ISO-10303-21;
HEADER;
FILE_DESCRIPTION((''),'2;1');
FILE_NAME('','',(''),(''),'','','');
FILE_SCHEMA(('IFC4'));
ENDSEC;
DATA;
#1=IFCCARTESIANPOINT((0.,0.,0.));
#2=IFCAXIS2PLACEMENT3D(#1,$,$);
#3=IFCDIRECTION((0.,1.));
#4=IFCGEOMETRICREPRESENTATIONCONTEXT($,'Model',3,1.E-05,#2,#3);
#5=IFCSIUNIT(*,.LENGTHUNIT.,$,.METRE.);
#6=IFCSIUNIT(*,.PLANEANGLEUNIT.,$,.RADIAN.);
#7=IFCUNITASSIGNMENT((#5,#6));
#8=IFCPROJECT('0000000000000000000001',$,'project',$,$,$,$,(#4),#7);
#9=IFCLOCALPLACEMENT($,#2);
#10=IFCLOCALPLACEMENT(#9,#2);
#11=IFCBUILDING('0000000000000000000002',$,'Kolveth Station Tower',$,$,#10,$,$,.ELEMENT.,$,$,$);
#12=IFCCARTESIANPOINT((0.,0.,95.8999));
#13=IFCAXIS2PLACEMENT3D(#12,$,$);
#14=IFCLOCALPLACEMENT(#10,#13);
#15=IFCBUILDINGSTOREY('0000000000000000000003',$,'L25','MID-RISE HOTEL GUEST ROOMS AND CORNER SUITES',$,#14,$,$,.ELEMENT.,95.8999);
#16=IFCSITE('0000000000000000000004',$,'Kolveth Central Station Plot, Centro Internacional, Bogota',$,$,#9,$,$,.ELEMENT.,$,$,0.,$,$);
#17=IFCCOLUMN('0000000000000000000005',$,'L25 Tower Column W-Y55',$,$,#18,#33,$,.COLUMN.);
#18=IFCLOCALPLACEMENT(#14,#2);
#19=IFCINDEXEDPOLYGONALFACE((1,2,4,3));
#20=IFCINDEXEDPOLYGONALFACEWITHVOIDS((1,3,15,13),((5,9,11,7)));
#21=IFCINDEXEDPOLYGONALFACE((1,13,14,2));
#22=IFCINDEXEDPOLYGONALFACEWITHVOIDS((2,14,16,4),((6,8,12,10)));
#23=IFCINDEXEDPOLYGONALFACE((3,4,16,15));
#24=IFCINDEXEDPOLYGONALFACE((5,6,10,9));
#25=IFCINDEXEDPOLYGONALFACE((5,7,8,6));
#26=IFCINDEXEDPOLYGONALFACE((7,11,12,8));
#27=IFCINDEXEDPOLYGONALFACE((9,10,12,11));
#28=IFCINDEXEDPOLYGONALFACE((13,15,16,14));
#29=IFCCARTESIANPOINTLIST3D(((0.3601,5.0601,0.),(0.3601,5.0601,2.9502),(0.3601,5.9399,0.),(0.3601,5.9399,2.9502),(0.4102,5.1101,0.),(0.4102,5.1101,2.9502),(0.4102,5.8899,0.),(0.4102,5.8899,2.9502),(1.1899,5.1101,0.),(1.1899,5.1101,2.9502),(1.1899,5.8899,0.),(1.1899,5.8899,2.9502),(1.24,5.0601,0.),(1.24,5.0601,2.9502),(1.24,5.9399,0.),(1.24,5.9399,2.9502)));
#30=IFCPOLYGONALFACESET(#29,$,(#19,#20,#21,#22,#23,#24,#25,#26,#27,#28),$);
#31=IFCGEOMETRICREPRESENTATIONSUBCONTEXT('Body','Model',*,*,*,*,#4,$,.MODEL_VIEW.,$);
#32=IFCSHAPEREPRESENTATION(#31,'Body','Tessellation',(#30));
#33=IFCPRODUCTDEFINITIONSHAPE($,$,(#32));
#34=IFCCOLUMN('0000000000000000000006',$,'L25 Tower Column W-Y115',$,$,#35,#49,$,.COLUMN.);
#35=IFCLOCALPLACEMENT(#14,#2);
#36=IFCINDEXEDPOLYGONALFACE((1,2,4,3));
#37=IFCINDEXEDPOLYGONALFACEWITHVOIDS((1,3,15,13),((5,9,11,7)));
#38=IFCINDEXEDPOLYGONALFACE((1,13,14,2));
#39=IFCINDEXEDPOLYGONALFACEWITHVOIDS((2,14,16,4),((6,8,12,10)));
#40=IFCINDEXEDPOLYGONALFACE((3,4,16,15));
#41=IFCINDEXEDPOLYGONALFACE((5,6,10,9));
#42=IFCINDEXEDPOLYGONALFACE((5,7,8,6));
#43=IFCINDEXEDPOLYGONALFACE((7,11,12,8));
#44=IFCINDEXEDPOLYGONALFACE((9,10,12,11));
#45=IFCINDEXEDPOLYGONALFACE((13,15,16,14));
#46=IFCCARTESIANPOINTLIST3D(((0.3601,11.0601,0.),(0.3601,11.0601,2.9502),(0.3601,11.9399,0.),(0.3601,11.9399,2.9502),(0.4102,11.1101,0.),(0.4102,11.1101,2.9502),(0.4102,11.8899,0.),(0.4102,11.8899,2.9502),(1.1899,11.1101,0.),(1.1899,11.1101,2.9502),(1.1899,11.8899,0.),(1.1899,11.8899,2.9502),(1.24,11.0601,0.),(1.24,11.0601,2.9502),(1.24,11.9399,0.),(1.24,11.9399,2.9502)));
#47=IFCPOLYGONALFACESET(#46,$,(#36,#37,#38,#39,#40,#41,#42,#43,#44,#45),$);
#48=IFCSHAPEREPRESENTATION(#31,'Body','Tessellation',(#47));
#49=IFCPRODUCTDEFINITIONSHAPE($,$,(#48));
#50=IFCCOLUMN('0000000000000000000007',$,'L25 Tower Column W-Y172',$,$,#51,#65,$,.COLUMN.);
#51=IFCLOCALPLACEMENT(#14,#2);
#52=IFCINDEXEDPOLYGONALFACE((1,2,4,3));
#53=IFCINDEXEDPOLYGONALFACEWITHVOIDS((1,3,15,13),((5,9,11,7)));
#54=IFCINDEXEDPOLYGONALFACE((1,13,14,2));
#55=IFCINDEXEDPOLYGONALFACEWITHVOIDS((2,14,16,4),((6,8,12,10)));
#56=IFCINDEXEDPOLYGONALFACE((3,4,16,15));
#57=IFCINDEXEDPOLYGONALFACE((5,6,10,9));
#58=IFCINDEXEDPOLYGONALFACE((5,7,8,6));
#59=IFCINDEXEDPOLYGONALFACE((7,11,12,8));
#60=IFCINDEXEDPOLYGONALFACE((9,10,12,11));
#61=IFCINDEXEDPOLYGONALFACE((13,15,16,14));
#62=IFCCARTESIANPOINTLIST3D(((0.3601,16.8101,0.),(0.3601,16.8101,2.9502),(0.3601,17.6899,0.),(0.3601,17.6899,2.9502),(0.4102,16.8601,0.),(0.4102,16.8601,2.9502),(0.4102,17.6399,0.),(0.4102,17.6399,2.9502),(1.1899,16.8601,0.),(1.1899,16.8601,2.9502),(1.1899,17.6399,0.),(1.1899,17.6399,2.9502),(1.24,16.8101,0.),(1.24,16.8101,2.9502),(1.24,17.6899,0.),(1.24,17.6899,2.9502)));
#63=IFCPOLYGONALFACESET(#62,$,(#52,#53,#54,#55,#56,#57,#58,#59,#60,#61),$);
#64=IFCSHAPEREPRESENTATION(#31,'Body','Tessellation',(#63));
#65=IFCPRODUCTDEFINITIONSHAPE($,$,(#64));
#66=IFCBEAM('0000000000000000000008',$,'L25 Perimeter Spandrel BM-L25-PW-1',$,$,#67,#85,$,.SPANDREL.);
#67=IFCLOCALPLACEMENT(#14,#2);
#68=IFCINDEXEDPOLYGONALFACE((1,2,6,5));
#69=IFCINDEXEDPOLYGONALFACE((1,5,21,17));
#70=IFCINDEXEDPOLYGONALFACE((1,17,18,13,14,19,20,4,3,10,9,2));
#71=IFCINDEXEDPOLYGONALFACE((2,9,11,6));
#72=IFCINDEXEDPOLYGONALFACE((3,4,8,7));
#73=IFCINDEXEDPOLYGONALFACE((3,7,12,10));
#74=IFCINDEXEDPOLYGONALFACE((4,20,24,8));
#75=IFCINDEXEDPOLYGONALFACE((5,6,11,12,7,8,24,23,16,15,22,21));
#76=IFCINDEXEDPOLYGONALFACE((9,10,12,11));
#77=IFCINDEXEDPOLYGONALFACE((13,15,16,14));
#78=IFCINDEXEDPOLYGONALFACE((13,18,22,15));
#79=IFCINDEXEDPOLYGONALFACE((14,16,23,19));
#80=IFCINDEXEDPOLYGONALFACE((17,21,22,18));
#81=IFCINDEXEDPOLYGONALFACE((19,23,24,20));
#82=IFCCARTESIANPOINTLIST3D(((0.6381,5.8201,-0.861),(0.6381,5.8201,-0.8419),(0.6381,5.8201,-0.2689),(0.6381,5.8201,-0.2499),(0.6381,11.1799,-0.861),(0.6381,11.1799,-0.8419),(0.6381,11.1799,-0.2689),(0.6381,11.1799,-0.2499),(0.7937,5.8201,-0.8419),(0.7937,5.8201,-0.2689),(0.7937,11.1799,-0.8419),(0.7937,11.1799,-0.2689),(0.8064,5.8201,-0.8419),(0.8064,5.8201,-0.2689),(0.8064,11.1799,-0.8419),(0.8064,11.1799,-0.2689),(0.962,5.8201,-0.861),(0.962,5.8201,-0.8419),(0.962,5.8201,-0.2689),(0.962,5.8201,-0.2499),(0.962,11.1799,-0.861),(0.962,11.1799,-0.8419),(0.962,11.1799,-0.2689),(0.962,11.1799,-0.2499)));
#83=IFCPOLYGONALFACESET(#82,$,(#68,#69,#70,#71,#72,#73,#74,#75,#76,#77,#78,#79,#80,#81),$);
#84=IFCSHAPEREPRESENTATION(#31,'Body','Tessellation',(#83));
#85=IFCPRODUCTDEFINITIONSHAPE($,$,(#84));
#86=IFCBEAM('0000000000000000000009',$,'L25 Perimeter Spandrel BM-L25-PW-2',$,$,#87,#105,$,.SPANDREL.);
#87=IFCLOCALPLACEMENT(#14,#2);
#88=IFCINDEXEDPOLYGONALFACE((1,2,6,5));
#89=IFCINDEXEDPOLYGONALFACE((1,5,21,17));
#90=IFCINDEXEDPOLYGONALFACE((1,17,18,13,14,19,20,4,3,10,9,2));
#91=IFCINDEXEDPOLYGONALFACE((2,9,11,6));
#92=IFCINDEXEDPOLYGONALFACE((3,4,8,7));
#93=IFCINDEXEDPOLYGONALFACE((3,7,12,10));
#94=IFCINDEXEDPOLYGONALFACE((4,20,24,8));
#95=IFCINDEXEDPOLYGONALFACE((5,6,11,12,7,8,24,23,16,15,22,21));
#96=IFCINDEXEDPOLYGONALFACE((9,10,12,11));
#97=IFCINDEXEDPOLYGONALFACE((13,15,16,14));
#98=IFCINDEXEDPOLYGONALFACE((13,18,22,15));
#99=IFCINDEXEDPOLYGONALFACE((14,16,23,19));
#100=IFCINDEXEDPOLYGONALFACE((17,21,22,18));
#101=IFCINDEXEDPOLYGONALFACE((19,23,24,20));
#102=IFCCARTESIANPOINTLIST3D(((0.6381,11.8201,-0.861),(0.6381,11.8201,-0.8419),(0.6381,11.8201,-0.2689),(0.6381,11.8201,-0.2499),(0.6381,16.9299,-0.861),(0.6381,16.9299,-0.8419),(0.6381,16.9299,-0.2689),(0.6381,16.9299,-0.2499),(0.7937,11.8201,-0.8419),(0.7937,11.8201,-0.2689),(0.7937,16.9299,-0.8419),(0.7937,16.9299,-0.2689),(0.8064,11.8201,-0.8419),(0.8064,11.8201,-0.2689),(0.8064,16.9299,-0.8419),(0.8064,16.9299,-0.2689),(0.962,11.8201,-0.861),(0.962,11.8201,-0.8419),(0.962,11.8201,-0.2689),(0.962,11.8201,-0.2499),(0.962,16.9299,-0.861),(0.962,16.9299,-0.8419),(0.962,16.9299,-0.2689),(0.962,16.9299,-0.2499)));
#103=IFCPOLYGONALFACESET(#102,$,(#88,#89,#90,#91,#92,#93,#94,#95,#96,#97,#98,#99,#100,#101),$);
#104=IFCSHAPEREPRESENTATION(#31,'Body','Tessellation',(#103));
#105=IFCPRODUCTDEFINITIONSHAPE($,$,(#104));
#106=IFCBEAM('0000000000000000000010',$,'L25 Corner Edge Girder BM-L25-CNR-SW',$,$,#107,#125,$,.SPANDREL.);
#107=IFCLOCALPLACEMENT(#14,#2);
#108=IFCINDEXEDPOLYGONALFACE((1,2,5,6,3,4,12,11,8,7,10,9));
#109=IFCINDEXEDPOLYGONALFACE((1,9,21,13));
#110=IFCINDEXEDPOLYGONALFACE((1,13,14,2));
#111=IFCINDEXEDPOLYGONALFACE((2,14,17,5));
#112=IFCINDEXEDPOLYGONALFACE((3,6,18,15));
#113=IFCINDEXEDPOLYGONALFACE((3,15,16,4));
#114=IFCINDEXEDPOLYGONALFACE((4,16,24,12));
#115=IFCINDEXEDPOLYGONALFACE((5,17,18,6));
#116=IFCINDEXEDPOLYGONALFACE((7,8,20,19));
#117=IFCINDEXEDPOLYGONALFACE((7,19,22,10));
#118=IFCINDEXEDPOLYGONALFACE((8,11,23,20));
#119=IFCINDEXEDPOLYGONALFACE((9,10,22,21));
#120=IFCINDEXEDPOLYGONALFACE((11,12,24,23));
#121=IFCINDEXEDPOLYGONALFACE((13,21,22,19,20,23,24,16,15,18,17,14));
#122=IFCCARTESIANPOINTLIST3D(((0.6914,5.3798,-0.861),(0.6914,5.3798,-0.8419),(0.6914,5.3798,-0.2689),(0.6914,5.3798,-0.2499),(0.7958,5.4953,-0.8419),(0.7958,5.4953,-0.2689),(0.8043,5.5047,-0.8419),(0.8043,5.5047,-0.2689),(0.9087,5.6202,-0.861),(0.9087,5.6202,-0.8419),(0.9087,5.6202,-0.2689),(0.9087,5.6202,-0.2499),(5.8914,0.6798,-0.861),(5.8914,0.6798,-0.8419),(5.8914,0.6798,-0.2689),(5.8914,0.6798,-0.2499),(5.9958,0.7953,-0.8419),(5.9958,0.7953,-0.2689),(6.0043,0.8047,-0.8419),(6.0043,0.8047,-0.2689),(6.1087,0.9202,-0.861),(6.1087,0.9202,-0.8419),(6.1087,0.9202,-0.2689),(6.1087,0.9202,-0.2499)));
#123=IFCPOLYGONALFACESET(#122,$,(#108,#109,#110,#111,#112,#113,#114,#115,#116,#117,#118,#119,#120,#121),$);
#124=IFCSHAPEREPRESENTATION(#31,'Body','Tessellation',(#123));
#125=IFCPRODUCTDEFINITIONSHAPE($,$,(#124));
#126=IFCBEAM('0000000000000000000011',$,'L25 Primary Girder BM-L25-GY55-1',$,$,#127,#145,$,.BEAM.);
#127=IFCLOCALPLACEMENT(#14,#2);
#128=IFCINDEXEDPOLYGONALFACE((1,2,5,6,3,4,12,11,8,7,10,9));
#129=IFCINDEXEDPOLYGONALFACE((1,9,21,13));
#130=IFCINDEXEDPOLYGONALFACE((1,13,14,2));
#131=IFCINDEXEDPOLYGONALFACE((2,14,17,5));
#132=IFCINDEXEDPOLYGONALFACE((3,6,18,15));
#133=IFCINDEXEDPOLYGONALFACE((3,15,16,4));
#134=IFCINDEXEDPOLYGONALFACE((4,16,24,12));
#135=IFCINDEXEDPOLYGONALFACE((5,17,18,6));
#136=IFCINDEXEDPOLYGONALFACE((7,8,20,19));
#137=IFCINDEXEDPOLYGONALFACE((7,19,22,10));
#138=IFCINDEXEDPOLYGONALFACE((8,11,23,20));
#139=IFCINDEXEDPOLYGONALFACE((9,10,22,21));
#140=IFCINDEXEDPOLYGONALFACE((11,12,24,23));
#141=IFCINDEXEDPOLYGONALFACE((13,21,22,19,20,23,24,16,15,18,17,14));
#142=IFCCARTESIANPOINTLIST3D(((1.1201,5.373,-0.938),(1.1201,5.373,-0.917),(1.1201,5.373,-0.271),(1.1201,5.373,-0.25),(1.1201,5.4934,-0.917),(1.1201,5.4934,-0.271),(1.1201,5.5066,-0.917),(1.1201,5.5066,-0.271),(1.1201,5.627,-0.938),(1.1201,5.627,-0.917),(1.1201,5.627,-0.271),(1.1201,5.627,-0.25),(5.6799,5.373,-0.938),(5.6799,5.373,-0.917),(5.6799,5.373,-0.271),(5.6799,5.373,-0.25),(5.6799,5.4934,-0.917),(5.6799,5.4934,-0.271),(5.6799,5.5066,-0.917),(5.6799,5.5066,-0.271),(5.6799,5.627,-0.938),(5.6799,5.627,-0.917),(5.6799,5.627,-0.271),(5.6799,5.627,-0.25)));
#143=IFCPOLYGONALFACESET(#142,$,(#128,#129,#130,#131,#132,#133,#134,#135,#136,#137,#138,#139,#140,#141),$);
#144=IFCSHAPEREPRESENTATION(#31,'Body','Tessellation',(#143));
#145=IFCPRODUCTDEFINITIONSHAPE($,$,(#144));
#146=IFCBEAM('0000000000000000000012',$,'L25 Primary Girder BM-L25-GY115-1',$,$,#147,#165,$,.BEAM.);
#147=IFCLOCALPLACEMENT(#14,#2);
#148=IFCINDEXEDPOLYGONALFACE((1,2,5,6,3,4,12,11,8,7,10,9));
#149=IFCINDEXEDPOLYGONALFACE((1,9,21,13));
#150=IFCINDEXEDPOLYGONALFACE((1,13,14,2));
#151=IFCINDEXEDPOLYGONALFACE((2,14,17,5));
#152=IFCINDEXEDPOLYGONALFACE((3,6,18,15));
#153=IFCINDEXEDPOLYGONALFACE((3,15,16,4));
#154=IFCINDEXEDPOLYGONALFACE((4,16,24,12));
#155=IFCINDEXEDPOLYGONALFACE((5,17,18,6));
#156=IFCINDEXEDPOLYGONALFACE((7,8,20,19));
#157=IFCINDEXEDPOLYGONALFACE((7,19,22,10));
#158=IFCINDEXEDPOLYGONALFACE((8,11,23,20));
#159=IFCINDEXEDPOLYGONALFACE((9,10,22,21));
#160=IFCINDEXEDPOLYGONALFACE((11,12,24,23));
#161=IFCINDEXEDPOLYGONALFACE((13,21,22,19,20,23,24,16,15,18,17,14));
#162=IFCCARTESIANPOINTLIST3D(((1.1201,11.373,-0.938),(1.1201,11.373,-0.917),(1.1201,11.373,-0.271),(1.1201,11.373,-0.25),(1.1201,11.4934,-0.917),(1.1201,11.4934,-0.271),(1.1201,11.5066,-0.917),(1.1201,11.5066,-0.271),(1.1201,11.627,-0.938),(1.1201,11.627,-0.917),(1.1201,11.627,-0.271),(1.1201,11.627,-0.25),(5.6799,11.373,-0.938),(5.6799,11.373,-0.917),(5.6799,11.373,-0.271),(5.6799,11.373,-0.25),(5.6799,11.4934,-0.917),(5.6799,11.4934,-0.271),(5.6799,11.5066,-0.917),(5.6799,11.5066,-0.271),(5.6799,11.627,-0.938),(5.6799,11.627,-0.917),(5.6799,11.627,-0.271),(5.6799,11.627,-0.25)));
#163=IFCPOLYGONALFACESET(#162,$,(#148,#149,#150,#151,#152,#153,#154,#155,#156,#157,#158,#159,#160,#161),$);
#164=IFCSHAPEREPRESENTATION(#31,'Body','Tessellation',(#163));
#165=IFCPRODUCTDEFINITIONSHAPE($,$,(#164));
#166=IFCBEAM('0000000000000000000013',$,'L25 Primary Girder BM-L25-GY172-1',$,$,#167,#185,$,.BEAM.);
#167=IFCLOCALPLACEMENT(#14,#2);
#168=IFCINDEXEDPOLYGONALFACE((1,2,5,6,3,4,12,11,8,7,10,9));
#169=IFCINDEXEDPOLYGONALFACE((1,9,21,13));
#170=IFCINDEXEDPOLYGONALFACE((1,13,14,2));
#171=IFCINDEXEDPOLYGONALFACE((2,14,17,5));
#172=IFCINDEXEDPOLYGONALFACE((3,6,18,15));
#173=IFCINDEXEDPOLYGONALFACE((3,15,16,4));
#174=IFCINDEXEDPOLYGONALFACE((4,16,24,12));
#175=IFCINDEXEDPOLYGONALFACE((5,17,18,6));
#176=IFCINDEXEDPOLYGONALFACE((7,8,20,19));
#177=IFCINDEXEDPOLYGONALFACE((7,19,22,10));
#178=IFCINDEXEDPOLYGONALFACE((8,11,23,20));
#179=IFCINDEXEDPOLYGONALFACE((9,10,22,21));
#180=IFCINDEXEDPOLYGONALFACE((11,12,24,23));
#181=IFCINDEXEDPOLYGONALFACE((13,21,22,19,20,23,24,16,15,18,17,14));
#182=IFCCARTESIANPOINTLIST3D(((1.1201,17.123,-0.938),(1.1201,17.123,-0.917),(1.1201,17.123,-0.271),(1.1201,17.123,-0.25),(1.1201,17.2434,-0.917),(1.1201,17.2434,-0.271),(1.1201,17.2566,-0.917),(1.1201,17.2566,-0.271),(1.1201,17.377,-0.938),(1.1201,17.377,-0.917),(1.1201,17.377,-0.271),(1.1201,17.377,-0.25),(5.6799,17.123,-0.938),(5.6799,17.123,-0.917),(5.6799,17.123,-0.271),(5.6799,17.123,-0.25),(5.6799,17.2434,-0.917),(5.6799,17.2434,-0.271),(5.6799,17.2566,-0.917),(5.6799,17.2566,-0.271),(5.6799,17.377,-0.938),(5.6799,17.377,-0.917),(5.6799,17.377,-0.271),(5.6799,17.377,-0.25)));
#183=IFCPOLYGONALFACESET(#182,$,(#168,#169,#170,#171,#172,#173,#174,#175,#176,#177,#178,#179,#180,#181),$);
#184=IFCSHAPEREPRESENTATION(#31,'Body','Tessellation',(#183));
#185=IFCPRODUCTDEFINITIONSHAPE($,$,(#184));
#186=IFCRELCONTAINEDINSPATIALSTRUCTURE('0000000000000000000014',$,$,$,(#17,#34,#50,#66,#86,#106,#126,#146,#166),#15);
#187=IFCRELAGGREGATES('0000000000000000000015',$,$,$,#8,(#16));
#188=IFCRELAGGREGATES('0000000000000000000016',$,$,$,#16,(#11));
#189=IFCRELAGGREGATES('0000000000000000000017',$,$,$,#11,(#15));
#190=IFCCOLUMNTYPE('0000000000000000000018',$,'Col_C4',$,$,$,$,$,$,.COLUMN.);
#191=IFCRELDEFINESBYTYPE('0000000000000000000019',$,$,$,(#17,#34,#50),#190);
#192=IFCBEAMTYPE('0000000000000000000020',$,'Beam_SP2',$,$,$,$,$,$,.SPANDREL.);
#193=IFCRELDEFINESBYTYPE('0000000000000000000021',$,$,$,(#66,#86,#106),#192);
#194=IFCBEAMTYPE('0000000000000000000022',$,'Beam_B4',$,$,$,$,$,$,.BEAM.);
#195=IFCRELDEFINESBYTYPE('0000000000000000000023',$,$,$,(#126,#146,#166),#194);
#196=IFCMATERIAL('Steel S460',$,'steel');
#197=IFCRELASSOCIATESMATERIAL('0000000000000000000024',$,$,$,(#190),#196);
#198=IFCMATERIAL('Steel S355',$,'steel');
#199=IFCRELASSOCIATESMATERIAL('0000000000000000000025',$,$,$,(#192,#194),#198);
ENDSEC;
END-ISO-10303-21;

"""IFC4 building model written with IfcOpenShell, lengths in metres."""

from ifc_helpers import new_model, si_unit, direction, frame, origin, origin_2d, place, context, subcontext, project, spatial, hollow_rectangle, i_section, extrude, source, transform, mapped, material, material_profile, profile_set, type_object, element, save


model = new_model("IFC4")

# Units and contexts
model_context = context("Model", 3, precision=1e-05, world=origin(), true_north=direction((0.0, 1.0)))
body_context = subcontext(model_context, "Body", "Model", "MODEL_VIEW")
ifc_project = project(units=[si_unit("LENGTHUNIT", "METRE"), si_unit("PLANEANGLEUNIT", "RADIAN")], contexts=[model_context])

# Site, building, storey
site_placement = place(None, origin())
site = spatial("IfcSite", under=ifc_project, at=site_placement, Name="Kolveth Central Station Plot, Centro Internacional, Bogota", CompositionType="ELEMENT", RefElevation=0.0)
building_placement = place(site_placement, origin())
building = spatial("IfcBuilding", under=site, at=building_placement, Name="Kolveth Station Tower", CompositionType="ELEMENT")
storey_placement = place(building_placement, frame((0.0, 0.0, 95.8999)))
storey = spatial("IfcBuildingStorey", under=building, at=storey_placement, Name="L25", Description="MID-RISE HOTEL GUEST ROOMS AND CORNER SUITES", CompositionType="ELEMENT", Elevation=95.8999)

# Columns
ifc_material_1 = material(Name="Steel S460", Category="steel")
ifc_material_profile_1 = material_profile(ifc_material_1, hollow_rectangle(XDim=0.8799, YDim=0.8799, WallThickness=0.05, at=origin_2d()), Name="BOX880x880x50")
ifc_profile_set_1 = profile_set([ifc_material_profile_1], Name="Steel S460")
column_type = type_object("IfcColumnType", Name="Col_C4", PredefinedType="COLUMN", material=ifc_profile_set_1)
shared_shape_1 = source(origin(), body_context, "Body", "SweptSolid", [
    extrude(hollow_rectangle(XDim=0.8799, YDim=0.8799, WallThickness=0.05, at=origin_2d()), origin(), (0.0, 0.0, 1.0), 2.9502),
])
for number, where, z_axis, x_axis, name in (
    (1, (0.8, 5.5, 0.0), (0.0, 0.0, 1.0), (1.0, 0.0, 0.0), "L25 Tower Column W-Y55"),
    (2, (0.8, 11.5, 0.0), (0.0, 0.0, 1.0), (1.0, 0.0, 0.0), "L25 Tower Column W-Y115"),
    (3, (0.8, 17.25, 0.0), (0.0, 0.0, 1.0), (1.0, 0.0, 0.0), "L25 Tower Column W-Y172"),
):
    element("IfcColumn", number, at=place(storey_placement, frame(where, z_axis=z_axis, x_axis=x_axis)), inside=storey, type_object=column_type, Name=name, PredefinedType="COLUMN", context=body_context, shape_type="MappedRepresentation", body=[
        mapped(shared_shape_1, transform((0.0, 0.0, 0.0), x_axis=(1.0, 0.0, 0.0), y_axis=(0.0, 1.0, 0.0), z_axis=(0.0, 0.0, 1.0), scale=1.0)),
    ])

# Beams
ifc_material_2 = material(Name="Steel S355", Category="steel")
ifc_material_profile_2 = material_profile(ifc_material_2, i_section(OverallWidth=0.324, OverallDepth=0.6111, WebThickness=0.0127, FlangeThickness=0.019, at=origin_2d()), Name="W610x155")
ifc_profile_set_2 = profile_set([ifc_material_profile_2], Name="Steel S355")
beam_type_1 = type_object("IfcBeamType", Name="Beam_SP2", PredefinedType="SPANDREL", material=ifc_profile_set_2)
shared_shape_2 = source(origin(), body_context, "Body", "SweptSolid", [
    extrude(i_section(OverallWidth=0.324, OverallDepth=0.6111, WebThickness=0.0127, FlangeThickness=0.019, at=origin_2d()), origin(), (0.0, 0.0, 1.0), 5.3599),
])
beam_1_placement = place(storey_placement, frame((0.8, 5.8201, -0.5554), z_axis=(0.0, 1.0, 0.0), x_axis=(-1.0, 0.0, 0.0)))
element("IfcBeam", 4, at=beam_1_placement, inside=storey, type_object=beam_type_1, Name="L25 Perimeter Spandrel BM-L25-PW-1", PredefinedType="SPANDREL", context=body_context, shape_type="MappedRepresentation", body=[
    mapped(shared_shape_2, transform((0.0, 0.0, 0.0), x_axis=(1.0, 0.0, 0.0), y_axis=(0.0, 1.0, 0.0), z_axis=(0.0, 0.0, 1.0), scale=1.0)),
])
shared_shape_3 = source(origin(), body_context, "Body", "SweptSolid", [
    extrude(i_section(OverallWidth=0.324, OverallDepth=0.6111, WebThickness=0.0127, FlangeThickness=0.019, at=origin_2d()), origin(), (0.0, 0.0, 1.0), 5.1099),
])
beam_2_placement = place(storey_placement, frame((0.8, 11.8201, -0.5554), z_axis=(0.0, 1.0, 0.0), x_axis=(-1.0, 0.0, 0.0)))
element("IfcBeam", 5, at=beam_2_placement, inside=storey, type_object=beam_type_1, Name="L25 Perimeter Spandrel BM-L25-PW-2", PredefinedType="SPANDREL", context=body_context, shape_type="MappedRepresentation", body=[
    mapped(shared_shape_3, transform((0.0, 0.0, 0.0), x_axis=(1.0, 0.0, 0.0), y_axis=(0.0, 1.0, 0.0), z_axis=(0.0, 0.0, 1.0), scale=1.0)),
])
shared_shape_4 = source(origin(), body_context, "Body", "SweptSolid", [
    extrude(i_section(OverallWidth=0.324, OverallDepth=0.6111, WebThickness=0.0127, FlangeThickness=0.019, at=origin_2d()), origin(), (0.0, 0.0, 1.0), 7.0093),
])
beam_3_placement = place(storey_placement, frame((0.8, 5.5, -0.5554), z_axis=(0.741874, -0.670539, 0.0), x_axis=(0.670539, 0.741874, 0.0)))
element("IfcBeam", 6, at=beam_3_placement, inside=storey, type_object=beam_type_1, Name="L25 Corner Edge Girder BM-L25-CNR-SW", PredefinedType="SPANDREL", context=body_context, shape_type="MappedRepresentation", body=[
    mapped(shared_shape_4, transform((0.0, 0.0, 0.0), x_axis=(1.0, 0.0, 0.0), y_axis=(0.0, 1.0, 0.0), z_axis=(0.0, 0.0, 1.0), scale=1.0)),
])
ifc_material_profile_3 = material_profile(ifc_material_2, i_section(OverallWidth=0.2539, OverallDepth=0.688, WebThickness=0.0132, FlangeThickness=0.021, at=origin_2d()), Name="W690x152")
ifc_profile_set_3 = profile_set([ifc_material_profile_3], Name="Steel S355")
beam_type_2 = type_object("IfcBeamType", Name="Beam_B4", PredefinedType="BEAM", material=ifc_profile_set_3)
shared_shape_5 = source(origin(), body_context, "Body", "SweptSolid", [
    extrude(i_section(OverallWidth=0.2539, OverallDepth=0.688, WebThickness=0.0132, FlangeThickness=0.021, at=origin_2d()), origin(), (0.0, 0.0, 1.0), 4.5598),
])
for number, where, z_axis, x_axis, name in (
    (7, (1.1201, 5.5, -0.594), (1.0, 0.0, 0.0), (0.0, 1.0, 0.0), "L25 Primary Girder BM-L25-GY55-1"),
    (8, (1.1201, 11.5, -0.594), (1.0, 0.0, 0.0), (0.0, 1.0, 0.0), "L25 Primary Girder BM-L25-GY115-1"),
    (9, (1.1201, 17.25, -0.594), (1.0, 0.0, 0.0), (0.0, 1.0, 0.0), "L25 Primary Girder BM-L25-GY172-1"),
):
    element("IfcBeam", number, at=place(storey_placement, frame(where, z_axis=z_axis, x_axis=x_axis)), inside=storey, type_object=beam_type_2, Name=name, PredefinedType="BEAM", context=body_context, shape_type="MappedRepresentation", body=[
        mapped(shared_shape_5, transform((0.0, 0.0, 0.0), x_axis=(1.0, 0.0, 0.0), y_axis=(0.0, 1.0, 0.0), z_axis=(0.0, 0.0, 1.0), scale=1.0)),
    ])

save(model, "model.ifc")
